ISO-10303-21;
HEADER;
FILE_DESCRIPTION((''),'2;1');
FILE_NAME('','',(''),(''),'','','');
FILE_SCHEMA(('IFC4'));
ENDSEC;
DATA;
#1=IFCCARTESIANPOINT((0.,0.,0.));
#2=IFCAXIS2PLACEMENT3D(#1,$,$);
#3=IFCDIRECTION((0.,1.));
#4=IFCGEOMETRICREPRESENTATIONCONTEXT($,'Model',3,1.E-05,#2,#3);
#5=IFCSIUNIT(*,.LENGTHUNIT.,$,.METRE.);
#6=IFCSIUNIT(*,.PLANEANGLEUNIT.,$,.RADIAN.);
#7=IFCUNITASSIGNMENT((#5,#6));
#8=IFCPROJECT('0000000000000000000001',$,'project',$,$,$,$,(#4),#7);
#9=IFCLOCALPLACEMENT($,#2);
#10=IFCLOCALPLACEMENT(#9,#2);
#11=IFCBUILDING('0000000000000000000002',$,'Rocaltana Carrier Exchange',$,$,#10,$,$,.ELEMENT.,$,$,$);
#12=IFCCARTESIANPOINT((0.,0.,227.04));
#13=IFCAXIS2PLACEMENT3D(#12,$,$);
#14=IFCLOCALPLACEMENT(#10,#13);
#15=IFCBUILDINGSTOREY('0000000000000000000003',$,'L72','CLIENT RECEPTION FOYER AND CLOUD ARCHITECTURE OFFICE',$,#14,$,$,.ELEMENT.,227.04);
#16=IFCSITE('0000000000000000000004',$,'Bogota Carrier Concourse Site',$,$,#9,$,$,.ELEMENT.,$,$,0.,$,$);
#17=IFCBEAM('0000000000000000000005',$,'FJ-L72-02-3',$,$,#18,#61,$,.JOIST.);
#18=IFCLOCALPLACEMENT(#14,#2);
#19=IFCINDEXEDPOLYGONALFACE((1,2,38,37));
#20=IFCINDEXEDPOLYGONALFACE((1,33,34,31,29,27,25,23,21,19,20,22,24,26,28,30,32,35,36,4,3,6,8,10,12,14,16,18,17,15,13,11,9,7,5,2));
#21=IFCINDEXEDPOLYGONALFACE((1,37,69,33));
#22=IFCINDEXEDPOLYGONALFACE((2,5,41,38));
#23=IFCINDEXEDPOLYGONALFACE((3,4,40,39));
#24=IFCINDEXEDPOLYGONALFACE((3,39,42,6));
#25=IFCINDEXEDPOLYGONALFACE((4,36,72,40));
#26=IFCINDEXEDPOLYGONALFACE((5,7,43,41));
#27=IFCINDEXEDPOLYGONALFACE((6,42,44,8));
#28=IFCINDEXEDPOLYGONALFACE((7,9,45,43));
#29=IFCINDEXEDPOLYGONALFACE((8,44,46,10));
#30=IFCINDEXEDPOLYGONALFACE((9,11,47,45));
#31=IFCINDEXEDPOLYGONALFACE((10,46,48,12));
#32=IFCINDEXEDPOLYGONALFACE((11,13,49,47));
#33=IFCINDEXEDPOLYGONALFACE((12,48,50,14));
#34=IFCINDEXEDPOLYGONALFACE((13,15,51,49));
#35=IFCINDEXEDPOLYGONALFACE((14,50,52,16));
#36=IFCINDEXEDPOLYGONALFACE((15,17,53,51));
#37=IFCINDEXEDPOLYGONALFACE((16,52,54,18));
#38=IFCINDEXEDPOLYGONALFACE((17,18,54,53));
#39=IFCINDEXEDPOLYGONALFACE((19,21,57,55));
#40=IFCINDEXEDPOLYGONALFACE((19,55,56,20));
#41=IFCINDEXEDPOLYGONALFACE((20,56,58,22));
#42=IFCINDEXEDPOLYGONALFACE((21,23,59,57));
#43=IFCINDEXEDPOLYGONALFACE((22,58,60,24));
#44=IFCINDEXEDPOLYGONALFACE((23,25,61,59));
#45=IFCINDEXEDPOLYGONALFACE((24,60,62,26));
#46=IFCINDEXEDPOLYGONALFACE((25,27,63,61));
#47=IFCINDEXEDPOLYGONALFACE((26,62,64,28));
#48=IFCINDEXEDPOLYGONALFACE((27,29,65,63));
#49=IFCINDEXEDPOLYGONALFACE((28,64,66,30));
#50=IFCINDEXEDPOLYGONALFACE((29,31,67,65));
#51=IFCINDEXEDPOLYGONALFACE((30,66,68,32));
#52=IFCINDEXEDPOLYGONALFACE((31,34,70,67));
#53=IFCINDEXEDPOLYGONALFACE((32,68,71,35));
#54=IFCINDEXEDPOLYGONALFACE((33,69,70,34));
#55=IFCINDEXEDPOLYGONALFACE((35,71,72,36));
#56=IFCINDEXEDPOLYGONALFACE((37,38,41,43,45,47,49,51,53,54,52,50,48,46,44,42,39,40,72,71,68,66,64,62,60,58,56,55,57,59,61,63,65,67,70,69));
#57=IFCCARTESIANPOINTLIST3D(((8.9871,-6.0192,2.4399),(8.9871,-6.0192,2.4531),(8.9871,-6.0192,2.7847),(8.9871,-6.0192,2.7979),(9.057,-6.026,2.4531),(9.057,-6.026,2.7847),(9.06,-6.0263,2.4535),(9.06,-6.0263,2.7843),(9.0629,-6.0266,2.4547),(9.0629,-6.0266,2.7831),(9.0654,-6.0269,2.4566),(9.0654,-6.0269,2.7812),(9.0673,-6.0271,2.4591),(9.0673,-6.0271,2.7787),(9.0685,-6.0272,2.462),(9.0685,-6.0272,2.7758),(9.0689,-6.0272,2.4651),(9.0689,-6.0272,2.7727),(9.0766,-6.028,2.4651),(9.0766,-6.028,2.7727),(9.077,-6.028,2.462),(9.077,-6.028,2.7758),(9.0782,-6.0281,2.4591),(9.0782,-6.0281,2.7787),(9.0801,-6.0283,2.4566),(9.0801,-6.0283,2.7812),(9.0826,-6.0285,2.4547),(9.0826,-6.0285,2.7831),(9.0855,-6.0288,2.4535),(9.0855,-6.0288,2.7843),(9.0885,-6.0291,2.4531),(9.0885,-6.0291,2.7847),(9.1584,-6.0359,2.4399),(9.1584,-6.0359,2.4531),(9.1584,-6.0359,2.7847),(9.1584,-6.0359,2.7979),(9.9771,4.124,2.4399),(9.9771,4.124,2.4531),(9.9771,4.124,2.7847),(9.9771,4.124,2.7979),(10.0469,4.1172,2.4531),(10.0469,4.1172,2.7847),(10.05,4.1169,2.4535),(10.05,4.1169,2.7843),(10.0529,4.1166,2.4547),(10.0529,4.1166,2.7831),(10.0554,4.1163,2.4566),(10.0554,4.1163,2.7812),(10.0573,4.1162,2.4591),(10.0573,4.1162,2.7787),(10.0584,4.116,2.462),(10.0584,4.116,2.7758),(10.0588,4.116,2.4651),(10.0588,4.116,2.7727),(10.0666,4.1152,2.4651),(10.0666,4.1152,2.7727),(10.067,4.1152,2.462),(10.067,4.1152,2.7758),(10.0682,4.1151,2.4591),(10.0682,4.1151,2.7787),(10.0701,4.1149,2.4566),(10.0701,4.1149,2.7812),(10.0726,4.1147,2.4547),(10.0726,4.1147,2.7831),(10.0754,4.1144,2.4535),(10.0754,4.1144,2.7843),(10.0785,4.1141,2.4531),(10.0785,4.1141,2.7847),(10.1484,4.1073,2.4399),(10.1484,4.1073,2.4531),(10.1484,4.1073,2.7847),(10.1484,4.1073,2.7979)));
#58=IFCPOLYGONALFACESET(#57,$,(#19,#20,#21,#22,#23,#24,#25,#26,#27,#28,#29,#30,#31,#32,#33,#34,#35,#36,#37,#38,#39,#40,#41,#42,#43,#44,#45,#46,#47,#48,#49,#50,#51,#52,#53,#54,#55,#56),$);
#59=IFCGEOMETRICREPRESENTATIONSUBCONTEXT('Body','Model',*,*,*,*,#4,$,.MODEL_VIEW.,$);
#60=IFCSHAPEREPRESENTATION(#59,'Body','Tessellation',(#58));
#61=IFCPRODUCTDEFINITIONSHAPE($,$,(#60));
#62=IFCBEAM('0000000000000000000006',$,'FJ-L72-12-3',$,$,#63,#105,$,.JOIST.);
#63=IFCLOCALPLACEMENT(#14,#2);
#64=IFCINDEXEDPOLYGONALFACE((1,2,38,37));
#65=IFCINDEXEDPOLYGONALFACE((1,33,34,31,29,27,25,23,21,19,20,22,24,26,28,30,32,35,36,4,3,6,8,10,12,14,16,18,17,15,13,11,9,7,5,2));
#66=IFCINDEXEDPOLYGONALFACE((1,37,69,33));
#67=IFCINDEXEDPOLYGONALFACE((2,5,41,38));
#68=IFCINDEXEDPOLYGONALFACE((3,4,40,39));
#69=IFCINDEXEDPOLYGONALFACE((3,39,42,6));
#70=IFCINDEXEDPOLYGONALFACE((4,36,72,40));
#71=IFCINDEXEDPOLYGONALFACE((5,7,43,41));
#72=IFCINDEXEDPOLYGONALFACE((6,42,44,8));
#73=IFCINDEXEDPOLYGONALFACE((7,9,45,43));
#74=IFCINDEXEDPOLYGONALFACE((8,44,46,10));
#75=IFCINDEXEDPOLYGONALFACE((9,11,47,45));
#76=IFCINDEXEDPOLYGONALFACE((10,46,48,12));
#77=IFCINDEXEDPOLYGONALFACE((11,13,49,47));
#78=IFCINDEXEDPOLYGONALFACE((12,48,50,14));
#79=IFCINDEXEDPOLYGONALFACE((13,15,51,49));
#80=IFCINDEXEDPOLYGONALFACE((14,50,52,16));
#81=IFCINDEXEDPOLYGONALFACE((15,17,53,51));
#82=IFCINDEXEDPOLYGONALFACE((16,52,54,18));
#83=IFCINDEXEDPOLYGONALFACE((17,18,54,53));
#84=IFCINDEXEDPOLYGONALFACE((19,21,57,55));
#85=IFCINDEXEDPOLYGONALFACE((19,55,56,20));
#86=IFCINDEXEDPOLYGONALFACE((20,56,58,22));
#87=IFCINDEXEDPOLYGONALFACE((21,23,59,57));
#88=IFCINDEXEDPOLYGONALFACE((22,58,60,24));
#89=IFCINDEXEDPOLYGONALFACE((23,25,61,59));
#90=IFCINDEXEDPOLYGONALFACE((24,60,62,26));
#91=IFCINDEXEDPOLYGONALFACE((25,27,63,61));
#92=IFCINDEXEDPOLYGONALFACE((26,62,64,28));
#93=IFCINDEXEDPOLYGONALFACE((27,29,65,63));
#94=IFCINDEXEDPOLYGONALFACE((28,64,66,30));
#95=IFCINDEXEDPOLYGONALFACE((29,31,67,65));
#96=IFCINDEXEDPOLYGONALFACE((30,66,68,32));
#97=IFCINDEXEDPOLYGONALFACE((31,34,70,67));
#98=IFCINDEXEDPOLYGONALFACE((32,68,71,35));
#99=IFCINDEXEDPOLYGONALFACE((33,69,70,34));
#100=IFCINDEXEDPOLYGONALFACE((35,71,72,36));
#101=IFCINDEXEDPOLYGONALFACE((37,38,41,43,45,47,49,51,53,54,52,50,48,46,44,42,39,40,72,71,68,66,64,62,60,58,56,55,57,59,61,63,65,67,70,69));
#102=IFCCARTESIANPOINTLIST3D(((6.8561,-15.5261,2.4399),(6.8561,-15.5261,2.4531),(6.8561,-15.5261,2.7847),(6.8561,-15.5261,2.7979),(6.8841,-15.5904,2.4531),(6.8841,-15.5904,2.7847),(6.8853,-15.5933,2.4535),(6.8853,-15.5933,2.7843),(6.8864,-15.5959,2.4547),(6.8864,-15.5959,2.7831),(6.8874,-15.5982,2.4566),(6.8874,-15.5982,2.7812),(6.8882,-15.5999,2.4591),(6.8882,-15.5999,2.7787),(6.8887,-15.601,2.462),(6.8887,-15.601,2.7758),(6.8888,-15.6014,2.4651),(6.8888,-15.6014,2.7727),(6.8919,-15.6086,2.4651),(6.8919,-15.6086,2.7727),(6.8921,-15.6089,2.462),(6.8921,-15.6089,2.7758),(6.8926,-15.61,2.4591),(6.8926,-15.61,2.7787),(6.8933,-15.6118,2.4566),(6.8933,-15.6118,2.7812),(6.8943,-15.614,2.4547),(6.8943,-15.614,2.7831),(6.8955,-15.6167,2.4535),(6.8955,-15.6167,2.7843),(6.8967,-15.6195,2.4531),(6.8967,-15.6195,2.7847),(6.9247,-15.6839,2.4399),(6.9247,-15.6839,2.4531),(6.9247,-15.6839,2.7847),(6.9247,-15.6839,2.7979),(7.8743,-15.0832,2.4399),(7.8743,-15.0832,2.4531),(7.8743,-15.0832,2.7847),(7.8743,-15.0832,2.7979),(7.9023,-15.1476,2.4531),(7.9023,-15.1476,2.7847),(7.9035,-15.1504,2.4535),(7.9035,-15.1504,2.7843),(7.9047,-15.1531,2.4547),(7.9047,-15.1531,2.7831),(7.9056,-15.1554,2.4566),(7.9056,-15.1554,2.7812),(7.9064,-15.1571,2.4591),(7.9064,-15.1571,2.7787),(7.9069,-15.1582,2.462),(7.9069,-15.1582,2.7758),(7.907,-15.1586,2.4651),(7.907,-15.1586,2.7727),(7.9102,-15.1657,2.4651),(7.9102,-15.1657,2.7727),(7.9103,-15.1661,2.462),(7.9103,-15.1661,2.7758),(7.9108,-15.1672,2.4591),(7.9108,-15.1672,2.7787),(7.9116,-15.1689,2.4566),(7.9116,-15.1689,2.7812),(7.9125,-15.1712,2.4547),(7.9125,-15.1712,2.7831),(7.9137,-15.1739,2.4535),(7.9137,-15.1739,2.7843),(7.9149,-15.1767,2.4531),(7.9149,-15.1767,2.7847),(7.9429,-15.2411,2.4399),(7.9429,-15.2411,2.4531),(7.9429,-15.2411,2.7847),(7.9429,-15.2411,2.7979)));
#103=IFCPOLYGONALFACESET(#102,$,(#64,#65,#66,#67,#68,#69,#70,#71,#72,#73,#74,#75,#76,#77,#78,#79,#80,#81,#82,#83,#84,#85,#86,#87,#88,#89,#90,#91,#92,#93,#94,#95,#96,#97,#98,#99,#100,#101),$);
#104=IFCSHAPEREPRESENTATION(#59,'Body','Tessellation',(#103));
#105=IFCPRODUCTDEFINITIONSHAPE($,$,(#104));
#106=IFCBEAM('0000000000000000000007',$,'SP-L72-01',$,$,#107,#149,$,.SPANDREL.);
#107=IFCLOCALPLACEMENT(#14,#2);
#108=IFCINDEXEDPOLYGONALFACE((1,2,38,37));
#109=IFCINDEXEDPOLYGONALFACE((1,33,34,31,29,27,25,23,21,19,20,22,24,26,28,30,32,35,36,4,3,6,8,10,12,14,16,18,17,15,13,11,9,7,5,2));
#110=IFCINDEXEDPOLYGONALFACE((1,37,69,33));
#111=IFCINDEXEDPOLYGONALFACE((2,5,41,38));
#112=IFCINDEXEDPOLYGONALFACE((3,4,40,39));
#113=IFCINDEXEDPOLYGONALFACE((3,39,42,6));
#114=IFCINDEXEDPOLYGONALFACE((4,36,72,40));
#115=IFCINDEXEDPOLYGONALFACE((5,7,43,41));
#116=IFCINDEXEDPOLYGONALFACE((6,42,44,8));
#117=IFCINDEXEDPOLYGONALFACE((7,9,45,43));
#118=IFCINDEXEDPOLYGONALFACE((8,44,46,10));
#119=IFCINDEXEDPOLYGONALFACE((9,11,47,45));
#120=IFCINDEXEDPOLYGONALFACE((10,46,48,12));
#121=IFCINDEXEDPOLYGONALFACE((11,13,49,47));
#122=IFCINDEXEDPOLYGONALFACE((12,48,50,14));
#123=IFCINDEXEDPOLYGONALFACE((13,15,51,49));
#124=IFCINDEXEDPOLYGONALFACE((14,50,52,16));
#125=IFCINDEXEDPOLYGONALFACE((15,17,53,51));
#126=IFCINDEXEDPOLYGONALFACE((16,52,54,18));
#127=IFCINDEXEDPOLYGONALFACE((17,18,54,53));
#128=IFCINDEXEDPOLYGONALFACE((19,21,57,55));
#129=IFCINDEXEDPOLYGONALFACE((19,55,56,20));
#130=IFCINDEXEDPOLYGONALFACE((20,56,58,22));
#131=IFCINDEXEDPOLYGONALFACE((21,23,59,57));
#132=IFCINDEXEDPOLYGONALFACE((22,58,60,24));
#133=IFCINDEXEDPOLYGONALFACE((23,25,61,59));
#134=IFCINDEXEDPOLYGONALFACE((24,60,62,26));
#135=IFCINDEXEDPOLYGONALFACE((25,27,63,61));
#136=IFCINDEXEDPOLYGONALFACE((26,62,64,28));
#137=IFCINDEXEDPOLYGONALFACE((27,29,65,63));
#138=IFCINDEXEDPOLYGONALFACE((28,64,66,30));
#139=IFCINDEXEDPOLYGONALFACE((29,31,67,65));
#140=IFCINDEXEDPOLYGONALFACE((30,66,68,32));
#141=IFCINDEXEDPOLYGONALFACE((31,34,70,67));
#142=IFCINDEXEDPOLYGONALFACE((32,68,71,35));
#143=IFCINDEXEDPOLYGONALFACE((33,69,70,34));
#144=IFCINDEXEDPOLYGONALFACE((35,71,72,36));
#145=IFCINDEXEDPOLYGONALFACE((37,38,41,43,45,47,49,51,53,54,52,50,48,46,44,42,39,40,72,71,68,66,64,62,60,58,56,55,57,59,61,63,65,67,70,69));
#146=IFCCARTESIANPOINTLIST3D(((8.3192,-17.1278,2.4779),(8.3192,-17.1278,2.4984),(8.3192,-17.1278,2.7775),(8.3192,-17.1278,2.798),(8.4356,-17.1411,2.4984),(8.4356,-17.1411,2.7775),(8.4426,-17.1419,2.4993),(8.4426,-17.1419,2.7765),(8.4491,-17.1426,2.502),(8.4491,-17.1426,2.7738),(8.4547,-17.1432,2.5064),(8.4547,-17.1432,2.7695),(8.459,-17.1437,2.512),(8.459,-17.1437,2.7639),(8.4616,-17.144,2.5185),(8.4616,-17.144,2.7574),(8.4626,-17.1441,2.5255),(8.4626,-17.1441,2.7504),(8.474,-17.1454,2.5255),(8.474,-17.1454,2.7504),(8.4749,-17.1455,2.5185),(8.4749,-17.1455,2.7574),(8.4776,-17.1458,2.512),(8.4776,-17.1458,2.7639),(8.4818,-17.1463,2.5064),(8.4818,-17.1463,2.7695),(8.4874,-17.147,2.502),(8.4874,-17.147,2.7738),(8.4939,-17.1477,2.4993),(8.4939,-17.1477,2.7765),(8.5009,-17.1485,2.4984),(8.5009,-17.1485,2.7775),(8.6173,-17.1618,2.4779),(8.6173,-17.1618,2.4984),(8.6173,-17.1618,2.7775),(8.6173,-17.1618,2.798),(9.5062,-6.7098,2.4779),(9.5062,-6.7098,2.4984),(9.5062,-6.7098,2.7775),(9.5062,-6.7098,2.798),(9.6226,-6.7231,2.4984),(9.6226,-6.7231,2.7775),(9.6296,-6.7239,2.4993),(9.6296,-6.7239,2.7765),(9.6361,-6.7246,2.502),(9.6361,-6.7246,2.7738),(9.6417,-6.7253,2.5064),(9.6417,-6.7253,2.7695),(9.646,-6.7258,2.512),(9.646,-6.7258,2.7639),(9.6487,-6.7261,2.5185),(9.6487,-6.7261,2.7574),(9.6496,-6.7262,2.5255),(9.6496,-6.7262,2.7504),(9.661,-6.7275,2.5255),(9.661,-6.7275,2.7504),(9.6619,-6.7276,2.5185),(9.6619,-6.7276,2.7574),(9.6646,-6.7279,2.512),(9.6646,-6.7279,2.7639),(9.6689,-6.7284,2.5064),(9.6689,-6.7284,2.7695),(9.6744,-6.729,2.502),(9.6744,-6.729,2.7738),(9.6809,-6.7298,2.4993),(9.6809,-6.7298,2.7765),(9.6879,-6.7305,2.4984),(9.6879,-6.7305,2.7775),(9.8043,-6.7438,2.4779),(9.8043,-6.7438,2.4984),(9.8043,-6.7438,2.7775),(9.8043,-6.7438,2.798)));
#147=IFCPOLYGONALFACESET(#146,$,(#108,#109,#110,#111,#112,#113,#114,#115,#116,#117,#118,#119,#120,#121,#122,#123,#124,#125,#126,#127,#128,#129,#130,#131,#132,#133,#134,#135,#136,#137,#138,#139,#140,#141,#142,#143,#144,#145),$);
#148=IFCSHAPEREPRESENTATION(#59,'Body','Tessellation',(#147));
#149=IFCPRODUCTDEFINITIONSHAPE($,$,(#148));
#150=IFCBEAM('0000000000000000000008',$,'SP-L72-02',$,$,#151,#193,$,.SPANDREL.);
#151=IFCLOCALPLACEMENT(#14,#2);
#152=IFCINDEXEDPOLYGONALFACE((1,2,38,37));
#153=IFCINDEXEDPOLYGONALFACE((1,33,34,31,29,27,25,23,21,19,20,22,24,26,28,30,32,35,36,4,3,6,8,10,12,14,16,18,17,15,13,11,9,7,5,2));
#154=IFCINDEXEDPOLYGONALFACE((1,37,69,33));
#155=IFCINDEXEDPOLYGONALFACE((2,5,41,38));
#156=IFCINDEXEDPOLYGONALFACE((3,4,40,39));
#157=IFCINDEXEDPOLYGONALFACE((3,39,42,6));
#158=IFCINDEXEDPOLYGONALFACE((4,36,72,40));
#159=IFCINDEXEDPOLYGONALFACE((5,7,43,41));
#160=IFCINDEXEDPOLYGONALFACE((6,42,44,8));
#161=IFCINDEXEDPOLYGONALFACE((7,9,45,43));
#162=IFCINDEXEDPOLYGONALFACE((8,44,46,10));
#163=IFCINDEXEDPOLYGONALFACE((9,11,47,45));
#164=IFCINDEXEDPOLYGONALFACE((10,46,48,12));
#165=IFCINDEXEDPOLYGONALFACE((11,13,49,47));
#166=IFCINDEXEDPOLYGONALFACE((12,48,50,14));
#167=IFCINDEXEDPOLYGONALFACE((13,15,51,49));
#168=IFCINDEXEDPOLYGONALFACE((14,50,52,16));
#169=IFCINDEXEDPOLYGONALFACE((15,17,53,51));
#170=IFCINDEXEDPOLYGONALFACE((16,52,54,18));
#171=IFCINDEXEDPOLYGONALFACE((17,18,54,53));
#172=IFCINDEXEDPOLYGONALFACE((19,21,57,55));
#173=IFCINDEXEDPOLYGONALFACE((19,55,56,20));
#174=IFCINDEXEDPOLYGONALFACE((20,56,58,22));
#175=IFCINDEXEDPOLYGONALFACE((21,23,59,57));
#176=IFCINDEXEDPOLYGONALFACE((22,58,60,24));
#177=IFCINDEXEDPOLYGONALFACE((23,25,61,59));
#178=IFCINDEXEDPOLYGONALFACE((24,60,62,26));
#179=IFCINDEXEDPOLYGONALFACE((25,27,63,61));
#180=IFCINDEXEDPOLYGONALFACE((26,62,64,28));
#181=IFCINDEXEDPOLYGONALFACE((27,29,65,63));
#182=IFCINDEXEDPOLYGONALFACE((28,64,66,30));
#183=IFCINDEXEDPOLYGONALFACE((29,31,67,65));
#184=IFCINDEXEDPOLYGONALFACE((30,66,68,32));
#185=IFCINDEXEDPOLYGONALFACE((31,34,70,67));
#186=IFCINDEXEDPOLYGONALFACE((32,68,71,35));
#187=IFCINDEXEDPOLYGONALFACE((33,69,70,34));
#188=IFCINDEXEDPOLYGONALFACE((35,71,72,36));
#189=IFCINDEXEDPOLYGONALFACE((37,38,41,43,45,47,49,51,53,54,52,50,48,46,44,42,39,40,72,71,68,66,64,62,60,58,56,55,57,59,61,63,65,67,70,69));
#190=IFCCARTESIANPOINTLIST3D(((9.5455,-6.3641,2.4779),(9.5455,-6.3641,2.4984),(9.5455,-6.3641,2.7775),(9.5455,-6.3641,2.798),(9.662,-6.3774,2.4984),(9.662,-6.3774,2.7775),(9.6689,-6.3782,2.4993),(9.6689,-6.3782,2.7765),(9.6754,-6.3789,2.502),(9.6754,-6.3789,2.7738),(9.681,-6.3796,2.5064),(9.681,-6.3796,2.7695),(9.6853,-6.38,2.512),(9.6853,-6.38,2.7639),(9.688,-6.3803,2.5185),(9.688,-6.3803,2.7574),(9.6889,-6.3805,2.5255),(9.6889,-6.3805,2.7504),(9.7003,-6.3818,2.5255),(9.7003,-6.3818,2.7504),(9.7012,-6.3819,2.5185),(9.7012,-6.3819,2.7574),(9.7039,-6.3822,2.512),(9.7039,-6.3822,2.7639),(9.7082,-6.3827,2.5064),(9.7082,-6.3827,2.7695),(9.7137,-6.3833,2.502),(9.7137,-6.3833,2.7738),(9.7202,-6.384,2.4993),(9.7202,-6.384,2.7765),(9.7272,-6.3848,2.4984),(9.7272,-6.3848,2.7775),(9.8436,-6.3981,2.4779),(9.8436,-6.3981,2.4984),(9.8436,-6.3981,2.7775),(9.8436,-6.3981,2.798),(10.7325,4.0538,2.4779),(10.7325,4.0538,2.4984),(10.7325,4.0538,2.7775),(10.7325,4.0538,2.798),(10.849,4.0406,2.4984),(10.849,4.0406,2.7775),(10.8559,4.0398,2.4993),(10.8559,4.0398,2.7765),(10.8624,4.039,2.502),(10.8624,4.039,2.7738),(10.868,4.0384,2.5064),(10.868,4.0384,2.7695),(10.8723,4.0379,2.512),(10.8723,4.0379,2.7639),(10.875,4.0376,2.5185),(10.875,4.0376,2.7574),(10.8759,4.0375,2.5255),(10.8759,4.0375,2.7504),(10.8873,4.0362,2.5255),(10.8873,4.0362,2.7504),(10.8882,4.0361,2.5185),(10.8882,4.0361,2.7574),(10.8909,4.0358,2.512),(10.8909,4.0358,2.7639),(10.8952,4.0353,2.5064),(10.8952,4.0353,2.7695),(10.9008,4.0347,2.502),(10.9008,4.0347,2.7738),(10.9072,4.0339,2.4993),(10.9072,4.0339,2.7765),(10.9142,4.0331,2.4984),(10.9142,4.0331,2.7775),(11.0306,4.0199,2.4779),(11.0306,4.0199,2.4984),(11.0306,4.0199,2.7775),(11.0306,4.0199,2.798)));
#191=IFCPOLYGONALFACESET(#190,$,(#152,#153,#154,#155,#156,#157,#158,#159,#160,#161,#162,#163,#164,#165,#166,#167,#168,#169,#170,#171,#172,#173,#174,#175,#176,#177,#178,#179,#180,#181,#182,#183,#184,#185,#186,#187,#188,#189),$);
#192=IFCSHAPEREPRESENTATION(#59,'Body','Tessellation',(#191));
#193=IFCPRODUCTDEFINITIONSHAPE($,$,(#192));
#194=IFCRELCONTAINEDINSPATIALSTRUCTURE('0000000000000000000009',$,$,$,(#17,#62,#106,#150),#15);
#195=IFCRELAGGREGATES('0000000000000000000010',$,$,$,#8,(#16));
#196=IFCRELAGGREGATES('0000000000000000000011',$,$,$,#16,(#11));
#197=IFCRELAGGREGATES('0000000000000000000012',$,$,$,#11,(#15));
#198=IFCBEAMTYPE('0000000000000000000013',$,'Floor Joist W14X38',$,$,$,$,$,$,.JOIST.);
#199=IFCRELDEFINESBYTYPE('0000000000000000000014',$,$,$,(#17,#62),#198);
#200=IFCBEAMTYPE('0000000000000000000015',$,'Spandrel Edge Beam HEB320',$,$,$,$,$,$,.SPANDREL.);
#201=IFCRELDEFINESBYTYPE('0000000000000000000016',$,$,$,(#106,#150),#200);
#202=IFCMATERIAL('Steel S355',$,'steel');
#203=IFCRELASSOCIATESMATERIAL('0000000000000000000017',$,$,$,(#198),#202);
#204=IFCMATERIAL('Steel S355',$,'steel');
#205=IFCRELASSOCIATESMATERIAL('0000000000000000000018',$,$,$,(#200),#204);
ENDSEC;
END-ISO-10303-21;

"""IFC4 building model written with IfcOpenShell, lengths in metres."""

from ifc_helpers import new_model, si_unit, direction, frame, origin, origin_2d, place, context, subcontext, project, spatial, i_section, extrude, material, material_profile, profile_set, type_object, element, save


model = new_model("IFC4")

# Units and contexts
model_context = context("Model", 3, precision=1e-05, world=origin(), true_north=direction((0.0, 1.0)))
body_context = subcontext(model_context, "Body", "Model", "MODEL_VIEW")
ifc_project = project(units=[si_unit("LENGTHUNIT", "METRE"), si_unit("PLANEANGLEUNIT", "RADIAN")], contexts=[model_context])

# Site, building, storey
site_placement = place(None, origin())
site = spatial("IfcSite", under=ifc_project, at=site_placement, Name="Bogota Carrier Concourse Site", CompositionType="ELEMENT", RefElevation=0.0)
building_placement = place(site_placement, origin())
building = spatial("IfcBuilding", under=site, at=building_placement, Name="Rocaltana Carrier Exchange", CompositionType="ELEMENT")
storey_placement = place(building_placement, frame((0.0, 0.0, 227.04)))
storey = spatial("IfcBuildingStorey", under=building, at=storey_placement, Name="L72", Description="CLIENT RECEPTION FOYER AND CLOUD ARCHITECTURE OFFICE", CompositionType="ELEMENT", Elevation=227.04)

# Beams
ifc_material_1 = material(Name="Steel S355", Category="steel")
ifc_material_profile_1 = material_profile(ifc_material_1, i_section(OverallWidth=0.1721, OverallDepth=0.3579, WebThickness=0.0078, FlangeThickness=0.0132, FilletRadius=0.012, at=origin_2d()), Name="W14X38")
ifc_profile_set_1 = profile_set([ifc_material_profile_1], Name="Steel S355")
beam_type_1 = type_object("IfcBeamType", Name="Floor Joist W14X38", PredefinedType="JOIST", material=ifc_profile_set_1)
beam_1_placement = place(storey_placement, frame((9.0728, -6.0276, 2.6189), z_axis=(0.097139, 0.995271, 0.0), x_axis=(-0.995271, 0.097139, 0.0)))
element("IfcBeam", 1, at=beam_1_placement, inside=storey, type_object=beam_type_1, Name="FJ-L72-02-3", PredefinedType="JOIST", context=body_context, shape_type="SweptSolid", body=[
    extrude(i_section(OverallWidth=0.1721, OverallDepth=0.3579, WebThickness=0.0078, FlangeThickness=0.0132, FilletRadius=0.012, at=origin_2d()), origin(), (0.0, 0.0, 1.0), 10.1914),
])
beam_2_placement = place(storey_placement, frame((6.8904, -15.605, 2.6189), z_axis=(0.917028, 0.398823, 0.0), x_axis=(-0.398823, 0.917028, 0.0)))
element("IfcBeam", 2, at=beam_2_placement, inside=storey, type_object=beam_type_1, Name="FJ-L72-12-3", PredefinedType="JOIST", context=body_context, shape_type="SweptSolid", body=[
    extrude(i_section(OverallWidth=0.1721, OverallDepth=0.3579, WebThickness=0.0078, FlangeThickness=0.0132, FilletRadius=0.012, at=origin_2d()), origin(), (0.0, 0.0, 1.0), 1.1104),
])
ifc_material_2 = material(Name="Steel S355", Category="steel")
ifc_material_profile_2 = material_profile(ifc_material_2, i_section(OverallWidth=0.3, OverallDepth=0.3201, WebThickness=0.0115, FlangeThickness=0.0205, FilletRadius=0.0271, at=origin_2d()), Name="HEB320")
ifc_profile_set_2 = profile_set([ifc_material_profile_2], Name="Steel S355")
beam_type_2 = type_object("IfcBeamType", Name="Spandrel Edge Beam HEB320", PredefinedType="SPANDREL", material=ifc_profile_set_2)
for number, where, z_axis, x_axis, name in (
    (3, (8.4683, -17.1448, 2.6379), (0.113206, 0.993571, 0.0), (-0.993571, 0.113206, 0.0), "SP-L72-01"),
    (4, (9.6946, -6.3811, 2.6379), (0.113206, 0.993571, 0.0), (-0.993571, 0.113206, 0.0), "SP-L72-02"),
):
    element("IfcBeam", number, at=place(storey_placement, frame(where, z_axis=z_axis, x_axis=x_axis)), inside=storey, type_object=beam_type_2, Name=name, PredefinedType="SPANDREL", context=body_context, shape_type="SweptSolid", body=[
        extrude(i_section(OverallWidth=0.3, OverallDepth=0.3201, WebThickness=0.0115, FlangeThickness=0.0205, FilletRadius=0.0271, at=origin_2d()), origin(), (0.0, 0.0, 1.0), 10.4854),
    ])

save(model, "model.ifc")
